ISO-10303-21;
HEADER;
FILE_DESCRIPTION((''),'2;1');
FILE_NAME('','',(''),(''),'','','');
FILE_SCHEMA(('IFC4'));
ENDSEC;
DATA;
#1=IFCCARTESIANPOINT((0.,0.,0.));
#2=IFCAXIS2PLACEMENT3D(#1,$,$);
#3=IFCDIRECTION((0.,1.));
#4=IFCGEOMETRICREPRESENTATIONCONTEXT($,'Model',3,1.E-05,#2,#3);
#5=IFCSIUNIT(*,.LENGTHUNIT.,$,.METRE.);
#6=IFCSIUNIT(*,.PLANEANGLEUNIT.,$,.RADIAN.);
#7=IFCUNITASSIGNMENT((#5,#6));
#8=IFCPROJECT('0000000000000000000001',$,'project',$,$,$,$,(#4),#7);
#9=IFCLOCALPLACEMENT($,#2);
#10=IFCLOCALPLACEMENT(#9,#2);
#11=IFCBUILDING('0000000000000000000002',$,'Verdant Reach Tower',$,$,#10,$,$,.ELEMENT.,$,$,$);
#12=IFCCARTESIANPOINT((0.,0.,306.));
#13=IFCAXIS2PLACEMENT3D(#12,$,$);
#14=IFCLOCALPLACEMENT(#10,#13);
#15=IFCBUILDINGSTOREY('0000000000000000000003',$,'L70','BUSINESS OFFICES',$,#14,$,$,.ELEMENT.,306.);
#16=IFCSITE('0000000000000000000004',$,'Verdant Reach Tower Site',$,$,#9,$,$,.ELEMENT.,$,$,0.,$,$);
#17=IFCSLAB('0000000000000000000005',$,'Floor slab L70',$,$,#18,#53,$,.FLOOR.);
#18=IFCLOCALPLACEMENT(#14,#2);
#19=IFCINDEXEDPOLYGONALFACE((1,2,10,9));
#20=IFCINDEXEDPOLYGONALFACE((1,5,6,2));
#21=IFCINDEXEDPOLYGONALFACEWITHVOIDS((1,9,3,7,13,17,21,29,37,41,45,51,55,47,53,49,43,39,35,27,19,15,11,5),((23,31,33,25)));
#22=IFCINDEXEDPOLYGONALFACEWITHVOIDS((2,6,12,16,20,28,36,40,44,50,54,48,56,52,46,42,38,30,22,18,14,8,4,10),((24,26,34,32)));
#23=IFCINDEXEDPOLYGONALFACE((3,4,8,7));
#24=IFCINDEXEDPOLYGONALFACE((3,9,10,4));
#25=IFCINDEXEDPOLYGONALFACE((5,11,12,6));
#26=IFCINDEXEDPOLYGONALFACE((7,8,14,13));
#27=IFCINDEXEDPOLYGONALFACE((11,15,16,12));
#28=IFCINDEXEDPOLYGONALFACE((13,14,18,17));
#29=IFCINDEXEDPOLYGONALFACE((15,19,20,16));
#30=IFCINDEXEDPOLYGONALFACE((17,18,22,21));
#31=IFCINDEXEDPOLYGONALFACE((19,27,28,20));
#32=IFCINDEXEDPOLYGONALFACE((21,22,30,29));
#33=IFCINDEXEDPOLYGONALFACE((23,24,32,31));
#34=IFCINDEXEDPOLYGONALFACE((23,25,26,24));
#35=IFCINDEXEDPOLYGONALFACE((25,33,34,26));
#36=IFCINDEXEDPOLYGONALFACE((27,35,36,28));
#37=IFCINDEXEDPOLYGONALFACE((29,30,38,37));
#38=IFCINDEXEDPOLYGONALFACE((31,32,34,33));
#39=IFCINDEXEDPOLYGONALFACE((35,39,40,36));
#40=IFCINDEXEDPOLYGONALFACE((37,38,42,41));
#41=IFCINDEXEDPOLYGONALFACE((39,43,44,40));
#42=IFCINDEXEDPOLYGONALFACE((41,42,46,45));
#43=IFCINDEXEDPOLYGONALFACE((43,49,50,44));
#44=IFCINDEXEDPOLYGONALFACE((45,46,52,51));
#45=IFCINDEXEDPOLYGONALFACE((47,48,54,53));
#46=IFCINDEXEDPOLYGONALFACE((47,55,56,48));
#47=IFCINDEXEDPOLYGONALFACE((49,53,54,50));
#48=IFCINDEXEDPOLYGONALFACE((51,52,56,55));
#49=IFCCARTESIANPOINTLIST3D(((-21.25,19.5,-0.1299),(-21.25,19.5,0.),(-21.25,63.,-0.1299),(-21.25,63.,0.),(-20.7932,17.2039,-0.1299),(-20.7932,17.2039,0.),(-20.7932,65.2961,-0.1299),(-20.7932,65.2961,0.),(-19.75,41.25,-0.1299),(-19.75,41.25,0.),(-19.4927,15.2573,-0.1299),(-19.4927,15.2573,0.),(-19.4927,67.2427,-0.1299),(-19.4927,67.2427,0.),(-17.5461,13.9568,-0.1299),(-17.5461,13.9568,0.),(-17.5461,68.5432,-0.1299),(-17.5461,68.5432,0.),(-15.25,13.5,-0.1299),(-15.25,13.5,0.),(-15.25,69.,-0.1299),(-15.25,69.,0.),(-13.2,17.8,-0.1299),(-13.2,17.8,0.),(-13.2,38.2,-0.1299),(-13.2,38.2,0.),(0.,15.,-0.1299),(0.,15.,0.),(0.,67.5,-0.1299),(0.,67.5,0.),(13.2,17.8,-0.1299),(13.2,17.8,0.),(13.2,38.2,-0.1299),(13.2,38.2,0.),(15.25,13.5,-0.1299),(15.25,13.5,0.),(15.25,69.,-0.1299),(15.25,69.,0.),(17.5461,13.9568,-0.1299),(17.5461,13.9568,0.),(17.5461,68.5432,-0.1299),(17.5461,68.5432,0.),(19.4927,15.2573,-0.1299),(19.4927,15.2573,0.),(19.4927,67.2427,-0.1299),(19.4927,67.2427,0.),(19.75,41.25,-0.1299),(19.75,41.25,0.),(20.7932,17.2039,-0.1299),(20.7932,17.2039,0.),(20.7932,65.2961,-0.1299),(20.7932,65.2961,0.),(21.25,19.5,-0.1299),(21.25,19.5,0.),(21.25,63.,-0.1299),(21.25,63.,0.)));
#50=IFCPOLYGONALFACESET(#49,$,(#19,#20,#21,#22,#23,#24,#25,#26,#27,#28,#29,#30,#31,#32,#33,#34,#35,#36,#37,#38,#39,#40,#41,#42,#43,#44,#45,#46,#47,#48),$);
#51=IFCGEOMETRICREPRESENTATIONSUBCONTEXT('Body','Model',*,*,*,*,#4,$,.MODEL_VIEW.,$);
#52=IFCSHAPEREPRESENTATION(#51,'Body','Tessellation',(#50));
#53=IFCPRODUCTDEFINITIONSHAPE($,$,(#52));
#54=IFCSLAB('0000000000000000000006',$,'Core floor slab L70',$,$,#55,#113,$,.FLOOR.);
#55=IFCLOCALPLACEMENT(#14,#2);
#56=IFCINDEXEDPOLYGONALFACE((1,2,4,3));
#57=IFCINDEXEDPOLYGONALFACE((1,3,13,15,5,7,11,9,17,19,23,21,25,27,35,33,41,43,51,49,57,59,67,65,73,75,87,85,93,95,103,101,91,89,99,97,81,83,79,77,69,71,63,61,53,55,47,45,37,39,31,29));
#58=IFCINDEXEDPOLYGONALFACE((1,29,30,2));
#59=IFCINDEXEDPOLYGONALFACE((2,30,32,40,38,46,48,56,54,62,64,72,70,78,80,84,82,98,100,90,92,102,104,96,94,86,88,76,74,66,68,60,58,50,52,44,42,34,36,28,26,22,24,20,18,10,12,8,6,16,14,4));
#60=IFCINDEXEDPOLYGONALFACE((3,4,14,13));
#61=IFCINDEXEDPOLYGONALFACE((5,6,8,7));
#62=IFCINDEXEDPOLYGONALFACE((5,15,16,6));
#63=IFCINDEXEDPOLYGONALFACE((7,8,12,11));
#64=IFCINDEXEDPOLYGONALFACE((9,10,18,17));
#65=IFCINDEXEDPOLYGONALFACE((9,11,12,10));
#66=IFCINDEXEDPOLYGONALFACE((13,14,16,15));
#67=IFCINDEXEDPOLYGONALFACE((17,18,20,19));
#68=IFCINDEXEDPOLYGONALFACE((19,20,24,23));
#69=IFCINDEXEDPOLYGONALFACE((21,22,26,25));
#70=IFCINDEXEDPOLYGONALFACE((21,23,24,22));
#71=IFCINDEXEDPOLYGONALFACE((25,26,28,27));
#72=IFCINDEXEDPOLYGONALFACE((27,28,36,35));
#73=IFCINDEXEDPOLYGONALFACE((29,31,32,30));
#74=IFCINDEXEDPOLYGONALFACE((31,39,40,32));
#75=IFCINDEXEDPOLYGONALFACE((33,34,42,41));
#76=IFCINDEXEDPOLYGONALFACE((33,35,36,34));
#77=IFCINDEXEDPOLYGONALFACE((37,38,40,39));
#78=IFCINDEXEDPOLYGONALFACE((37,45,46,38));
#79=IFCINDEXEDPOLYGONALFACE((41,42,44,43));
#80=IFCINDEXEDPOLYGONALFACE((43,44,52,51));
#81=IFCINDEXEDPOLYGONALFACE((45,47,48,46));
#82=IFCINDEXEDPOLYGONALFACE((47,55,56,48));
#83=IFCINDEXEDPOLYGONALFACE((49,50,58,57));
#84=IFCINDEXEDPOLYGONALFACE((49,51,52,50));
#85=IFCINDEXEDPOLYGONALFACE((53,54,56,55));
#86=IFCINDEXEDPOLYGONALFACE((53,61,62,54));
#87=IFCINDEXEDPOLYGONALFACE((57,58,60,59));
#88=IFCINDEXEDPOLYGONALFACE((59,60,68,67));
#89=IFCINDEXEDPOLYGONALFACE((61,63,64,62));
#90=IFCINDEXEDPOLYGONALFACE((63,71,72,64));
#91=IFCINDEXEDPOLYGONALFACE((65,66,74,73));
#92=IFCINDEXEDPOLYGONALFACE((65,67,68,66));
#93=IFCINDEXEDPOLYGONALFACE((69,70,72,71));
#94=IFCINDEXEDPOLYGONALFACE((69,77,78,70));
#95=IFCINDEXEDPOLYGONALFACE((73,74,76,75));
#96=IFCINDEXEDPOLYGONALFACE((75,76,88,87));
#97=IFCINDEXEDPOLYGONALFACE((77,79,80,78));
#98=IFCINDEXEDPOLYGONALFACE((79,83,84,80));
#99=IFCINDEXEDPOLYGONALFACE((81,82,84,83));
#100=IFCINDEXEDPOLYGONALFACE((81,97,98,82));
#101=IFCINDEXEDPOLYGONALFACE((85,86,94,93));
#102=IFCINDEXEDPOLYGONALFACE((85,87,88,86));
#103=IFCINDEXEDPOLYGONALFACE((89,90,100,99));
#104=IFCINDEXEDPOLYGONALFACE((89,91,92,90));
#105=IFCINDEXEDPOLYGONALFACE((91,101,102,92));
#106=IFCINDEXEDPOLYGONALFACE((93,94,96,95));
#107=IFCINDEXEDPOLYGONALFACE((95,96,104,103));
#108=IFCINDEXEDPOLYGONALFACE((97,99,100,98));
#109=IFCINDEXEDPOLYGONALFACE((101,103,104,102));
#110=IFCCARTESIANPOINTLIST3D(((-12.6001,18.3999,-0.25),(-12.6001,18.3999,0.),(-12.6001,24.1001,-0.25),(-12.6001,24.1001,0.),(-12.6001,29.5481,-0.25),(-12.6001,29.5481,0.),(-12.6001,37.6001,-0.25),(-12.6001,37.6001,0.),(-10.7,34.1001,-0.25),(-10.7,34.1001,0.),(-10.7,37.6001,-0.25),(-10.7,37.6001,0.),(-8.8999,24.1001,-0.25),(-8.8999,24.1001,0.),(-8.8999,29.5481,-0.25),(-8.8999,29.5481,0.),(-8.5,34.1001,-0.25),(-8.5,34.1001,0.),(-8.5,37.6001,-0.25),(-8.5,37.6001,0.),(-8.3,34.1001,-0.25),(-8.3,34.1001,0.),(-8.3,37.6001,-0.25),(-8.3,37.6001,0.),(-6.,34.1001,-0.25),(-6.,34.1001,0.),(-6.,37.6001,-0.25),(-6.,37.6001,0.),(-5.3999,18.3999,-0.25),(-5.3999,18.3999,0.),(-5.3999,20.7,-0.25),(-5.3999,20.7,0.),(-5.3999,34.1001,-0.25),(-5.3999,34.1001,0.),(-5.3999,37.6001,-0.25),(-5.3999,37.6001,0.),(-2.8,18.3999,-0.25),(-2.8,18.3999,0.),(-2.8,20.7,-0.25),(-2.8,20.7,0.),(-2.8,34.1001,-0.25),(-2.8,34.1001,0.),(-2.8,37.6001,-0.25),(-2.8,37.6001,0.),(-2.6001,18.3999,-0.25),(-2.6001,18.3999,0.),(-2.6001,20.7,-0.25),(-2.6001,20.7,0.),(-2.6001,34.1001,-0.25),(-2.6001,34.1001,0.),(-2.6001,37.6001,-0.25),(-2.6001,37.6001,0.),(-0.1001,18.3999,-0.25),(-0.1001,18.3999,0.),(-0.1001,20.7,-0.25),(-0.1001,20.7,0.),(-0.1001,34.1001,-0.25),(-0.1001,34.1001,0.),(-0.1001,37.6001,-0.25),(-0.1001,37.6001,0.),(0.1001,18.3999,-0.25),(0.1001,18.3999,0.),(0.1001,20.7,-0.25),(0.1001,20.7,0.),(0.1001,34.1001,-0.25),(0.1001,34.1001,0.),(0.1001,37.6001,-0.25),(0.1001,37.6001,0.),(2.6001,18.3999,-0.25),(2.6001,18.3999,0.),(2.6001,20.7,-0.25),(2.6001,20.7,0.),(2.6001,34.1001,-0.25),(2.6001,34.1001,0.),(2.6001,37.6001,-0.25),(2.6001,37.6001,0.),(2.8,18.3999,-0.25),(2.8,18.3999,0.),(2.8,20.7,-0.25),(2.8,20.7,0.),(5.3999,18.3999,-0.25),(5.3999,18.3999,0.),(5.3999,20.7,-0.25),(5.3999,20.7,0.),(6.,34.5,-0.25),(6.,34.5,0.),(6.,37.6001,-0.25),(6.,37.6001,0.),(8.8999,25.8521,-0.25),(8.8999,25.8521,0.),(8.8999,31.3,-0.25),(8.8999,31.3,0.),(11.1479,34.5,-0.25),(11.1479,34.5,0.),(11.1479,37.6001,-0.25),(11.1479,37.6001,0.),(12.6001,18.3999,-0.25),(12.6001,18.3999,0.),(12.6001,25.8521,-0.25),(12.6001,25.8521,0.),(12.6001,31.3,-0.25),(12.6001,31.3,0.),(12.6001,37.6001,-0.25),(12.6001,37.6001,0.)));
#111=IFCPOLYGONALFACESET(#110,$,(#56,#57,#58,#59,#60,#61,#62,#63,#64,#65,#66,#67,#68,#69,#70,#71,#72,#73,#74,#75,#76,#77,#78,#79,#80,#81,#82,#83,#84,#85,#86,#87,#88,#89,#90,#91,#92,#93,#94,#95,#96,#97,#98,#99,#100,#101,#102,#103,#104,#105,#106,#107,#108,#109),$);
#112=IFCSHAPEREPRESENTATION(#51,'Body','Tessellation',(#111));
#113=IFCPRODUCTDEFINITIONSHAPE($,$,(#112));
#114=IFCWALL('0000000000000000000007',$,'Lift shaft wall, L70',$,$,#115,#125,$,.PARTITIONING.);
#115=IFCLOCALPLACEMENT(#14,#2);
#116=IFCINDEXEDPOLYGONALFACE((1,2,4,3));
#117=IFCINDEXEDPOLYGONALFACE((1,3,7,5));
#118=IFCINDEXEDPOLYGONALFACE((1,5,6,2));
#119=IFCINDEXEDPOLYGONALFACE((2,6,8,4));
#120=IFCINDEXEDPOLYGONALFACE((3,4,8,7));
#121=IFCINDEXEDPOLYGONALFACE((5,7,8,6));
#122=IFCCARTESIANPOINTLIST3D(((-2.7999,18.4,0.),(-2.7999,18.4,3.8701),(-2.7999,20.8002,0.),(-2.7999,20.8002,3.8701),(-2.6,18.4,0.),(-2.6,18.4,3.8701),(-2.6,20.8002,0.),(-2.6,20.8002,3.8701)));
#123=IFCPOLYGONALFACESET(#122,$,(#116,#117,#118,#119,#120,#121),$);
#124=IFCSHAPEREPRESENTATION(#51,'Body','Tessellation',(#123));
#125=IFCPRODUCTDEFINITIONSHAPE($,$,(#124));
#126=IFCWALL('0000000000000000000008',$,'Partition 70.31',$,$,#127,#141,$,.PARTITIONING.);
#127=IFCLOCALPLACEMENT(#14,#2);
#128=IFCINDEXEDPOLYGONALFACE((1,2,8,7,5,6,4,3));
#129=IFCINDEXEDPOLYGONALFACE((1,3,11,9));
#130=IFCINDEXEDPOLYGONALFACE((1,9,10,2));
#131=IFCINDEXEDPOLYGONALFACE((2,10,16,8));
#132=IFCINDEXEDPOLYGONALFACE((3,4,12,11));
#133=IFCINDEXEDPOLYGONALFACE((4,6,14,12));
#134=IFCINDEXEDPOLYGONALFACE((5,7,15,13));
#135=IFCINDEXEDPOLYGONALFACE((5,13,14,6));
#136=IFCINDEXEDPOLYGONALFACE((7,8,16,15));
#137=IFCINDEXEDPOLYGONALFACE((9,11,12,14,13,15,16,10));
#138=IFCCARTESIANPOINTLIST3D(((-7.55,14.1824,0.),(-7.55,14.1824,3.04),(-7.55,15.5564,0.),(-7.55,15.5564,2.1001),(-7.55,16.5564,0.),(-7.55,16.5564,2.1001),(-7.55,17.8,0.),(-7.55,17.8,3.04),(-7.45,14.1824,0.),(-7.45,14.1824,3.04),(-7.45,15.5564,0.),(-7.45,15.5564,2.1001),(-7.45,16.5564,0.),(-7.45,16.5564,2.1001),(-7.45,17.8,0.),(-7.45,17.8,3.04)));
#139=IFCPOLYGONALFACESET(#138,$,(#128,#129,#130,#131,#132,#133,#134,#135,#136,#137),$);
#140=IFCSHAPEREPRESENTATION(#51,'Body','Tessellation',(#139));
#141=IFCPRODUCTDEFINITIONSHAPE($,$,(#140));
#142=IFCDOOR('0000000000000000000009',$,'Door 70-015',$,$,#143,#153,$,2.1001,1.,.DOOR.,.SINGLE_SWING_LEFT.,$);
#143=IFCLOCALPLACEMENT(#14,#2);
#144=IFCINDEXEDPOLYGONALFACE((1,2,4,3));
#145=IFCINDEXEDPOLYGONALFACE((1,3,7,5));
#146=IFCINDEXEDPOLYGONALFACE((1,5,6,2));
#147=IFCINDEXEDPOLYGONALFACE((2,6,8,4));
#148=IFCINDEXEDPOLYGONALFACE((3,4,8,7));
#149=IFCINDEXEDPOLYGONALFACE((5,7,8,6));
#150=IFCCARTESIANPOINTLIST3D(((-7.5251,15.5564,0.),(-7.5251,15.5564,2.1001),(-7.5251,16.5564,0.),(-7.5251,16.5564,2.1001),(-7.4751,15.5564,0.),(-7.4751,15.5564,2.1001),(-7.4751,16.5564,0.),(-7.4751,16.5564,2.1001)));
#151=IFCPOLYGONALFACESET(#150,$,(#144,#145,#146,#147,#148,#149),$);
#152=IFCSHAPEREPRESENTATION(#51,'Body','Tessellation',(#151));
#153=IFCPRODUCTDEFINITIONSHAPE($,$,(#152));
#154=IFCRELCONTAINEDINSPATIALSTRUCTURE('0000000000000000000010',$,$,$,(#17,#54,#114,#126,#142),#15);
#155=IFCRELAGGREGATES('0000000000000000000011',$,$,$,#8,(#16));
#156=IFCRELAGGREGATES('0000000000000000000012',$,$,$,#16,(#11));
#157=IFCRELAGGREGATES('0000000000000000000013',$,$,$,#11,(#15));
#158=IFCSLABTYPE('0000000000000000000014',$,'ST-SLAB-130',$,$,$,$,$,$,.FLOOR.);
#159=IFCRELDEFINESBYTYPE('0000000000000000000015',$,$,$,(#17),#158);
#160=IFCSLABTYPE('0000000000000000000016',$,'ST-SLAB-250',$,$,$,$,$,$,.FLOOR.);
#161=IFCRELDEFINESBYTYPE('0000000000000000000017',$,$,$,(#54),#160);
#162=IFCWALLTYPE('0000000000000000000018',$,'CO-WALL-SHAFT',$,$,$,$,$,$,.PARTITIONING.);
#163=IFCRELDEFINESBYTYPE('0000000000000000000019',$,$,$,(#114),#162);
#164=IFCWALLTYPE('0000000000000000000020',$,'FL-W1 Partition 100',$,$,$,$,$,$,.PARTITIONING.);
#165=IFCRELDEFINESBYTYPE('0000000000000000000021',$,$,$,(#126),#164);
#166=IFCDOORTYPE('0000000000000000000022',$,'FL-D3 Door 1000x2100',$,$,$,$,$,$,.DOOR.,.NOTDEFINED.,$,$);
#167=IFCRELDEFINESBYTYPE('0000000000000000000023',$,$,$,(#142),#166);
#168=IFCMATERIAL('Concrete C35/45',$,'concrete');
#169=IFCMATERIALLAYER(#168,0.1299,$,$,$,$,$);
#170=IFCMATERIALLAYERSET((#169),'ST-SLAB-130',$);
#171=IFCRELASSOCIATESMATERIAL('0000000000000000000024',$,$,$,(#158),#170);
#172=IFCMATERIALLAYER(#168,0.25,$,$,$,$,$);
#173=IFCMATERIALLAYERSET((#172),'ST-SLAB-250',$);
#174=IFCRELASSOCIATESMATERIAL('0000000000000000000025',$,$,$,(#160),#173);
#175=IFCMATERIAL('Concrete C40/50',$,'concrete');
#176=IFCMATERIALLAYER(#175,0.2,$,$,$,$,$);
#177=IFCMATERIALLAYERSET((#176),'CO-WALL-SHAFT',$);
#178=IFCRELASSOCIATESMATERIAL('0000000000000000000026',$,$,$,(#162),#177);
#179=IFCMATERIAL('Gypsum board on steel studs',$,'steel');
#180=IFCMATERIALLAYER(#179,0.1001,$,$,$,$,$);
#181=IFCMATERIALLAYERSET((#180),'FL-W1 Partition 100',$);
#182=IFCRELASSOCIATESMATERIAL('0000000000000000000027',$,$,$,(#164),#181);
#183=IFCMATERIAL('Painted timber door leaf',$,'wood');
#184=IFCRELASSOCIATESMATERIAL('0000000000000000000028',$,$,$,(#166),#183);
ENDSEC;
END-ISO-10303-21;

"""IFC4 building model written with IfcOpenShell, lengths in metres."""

from ifc_helpers import new_model, si_unit, direction, frame, frame_2d, origin, place, context, subcontext, project, spatial, polyline, rectangle, outline, extrude, material, layer, layer_set, type_object, element, fill, save


model = new_model("IFC4")

# Units and contexts
model_context = context("Model", 3, precision=1e-05, world=origin(), true_north=direction((0.0, 1.0)))
body_context = subcontext(model_context, "Body", "Model", "MODEL_VIEW")
ifc_project = project(units=[si_unit("LENGTHUNIT", "METRE"), si_unit("PLANEANGLEUNIT", "RADIAN")], contexts=[model_context])

# Site, building, storey
site_placement = place(None, origin())
site = spatial("IfcSite", under=ifc_project, at=site_placement, Name="Verdant Reach Tower Site", CompositionType="ELEMENT", RefElevation=0.0)
building_placement = place(site_placement, origin())
building = spatial("IfcBuilding", under=site, at=building_placement, Name="Verdant Reach Tower", CompositionType="ELEMENT")
storey_placement = place(building_placement, frame((0.0, 0.0, 306.0)))
storey = spatial("IfcBuildingStorey", under=building, at=storey_placement, Name="L70", Description="BUSINESS OFFICES", CompositionType="ELEMENT", Elevation=306.0)

# Shared definitions
ifc_material_1 = material(Name="Concrete C40/50", Category="concrete")

# Slabs
ifc_material_2 = material(Name="Concrete C35/45", Category="concrete")
ifc_layer_1 = layer(ifc_material_2, 0.1299)
ifc_layer_set_1 = layer_set([ifc_layer_1], Name="ST-SLAB-130")
slab_type_1 = type_object("IfcSlabType", Name="ST-SLAB-130", PredefinedType="FLOOR", material=ifc_layer_set_1)
slab_1_placement = place(storey_placement, frame((0.0, 0.0, -0.1299)))
element("IfcSlab", 1, at=slab_1_placement, inside=storey, type_object=slab_type_1, Name="Floor slab L70", PredefinedType="FLOOR", context=body_context, shape_type="SweptSolid", body=[
    extrude(outline(polyline([(0.0, 15.0), (-15.25, 13.5), (-17.5461, 13.9568), (-19.4927, 15.2573), (-20.7932, 17.2039), (-21.25, 19.5), (-19.75, 41.25), (-21.25, 63.0), (-20.7932, 65.2961), (-19.4927, 67.2427), (-17.5461, 68.5432), (-15.25, 69.0), (0.0, 67.5), (15.25, 69.0), (17.5461, 68.5432), (19.4927, 67.2427), (20.7932, 65.2961), (21.25, 63.0), (19.75, 41.25), (21.25, 19.5), (20.7932, 17.2039), (19.4927, 15.2573), (17.5461, 13.9568), (15.25, 13.5), (0.0, 15.0)]), holes=[polyline([(13.2, 38.2), (-13.2, 38.2), (-13.2, 17.8), (13.2, 17.8), (13.2, 38.2)])]), origin(), (0.0, 0.0, 1.0), 0.1299),
])
ifc_layer_2 = layer(ifc_material_2, 0.25)
ifc_layer_set_2 = layer_set([ifc_layer_2], Name="ST-SLAB-250")
slab_type_2 = type_object("IfcSlabType", Name="ST-SLAB-250", PredefinedType="FLOOR", material=ifc_layer_set_2)
slab_2_placement = place(storey_placement, frame((0.0, 0.0, -0.25)))
element("IfcSlab", 2, at=slab_2_placement, inside=storey, type_object=slab_type_2, Name="Core floor slab L70", PredefinedType="FLOOR", context=body_context, shape_type="SweptSolid", body=[
    extrude(outline(polyline([(12.6001, 18.3999), (5.3999, 18.3999), (5.3999, 20.7), (2.8, 20.7), (2.8, 18.3999), (2.6001, 18.3999), (2.6001, 20.7), (0.1001, 20.7), (0.1001, 18.3999), (-0.1001, 18.3999), (-0.1001, 20.7), (-2.6001, 20.7), (-2.6001, 18.3999), (-2.8, 18.3999), (-2.8, 20.7), (-5.3999, 20.7), (-5.3999, 18.3999), (-12.6001, 18.3999), (-12.6001, 24.1001), (-8.8999, 24.1001), (-8.8999, 29.5481), (-12.6001, 29.5481), (-12.6001, 37.6001), (-10.7, 37.6001), (-10.7, 34.1001), (-8.5, 34.1001), (-8.5, 37.6001), (-8.3, 37.6001), (-8.3, 34.1001), (-6.0, 34.1001), (-6.0, 37.6001), (-5.3999, 37.6001), (-5.3999, 34.1001), (-2.8, 34.1001), (-2.8, 37.6001), (-2.6001, 37.6001), (-2.6001, 34.1001), (-0.1001, 34.1001), (-0.1001, 37.6001), (0.1001, 37.6001), (0.1001, 34.1001), (2.6001, 34.1001), (2.6001, 37.6001), (6.0, 37.6001), (6.0, 34.5), (11.1479, 34.5), (11.1479, 37.6001), (12.6001, 37.6001), (12.6001, 31.3), (8.8999, 31.3), (8.8999, 25.8521), (12.6001, 25.8521), (12.6001, 18.3999)])), origin(), (0.0, 0.0, 1.0), 0.25),
])

# Wall
ifc_layer_3 = layer(ifc_material_1, 0.2)
ifc_layer_set_3 = layer_set([ifc_layer_3], Name="CO-WALL-SHAFT")
wall_type_1 = type_object("IfcWallType", Name="CO-WALL-SHAFT", PredefinedType="PARTITIONING", material=ifc_layer_set_3)
wall_1_placement = place(storey_placement, frame((-2.7, 18.3999, 0.0), z_axis=(0.0, 0.0, 1.0), x_axis=(0.0, 1.0, 0.0)))
element("IfcWall", 3, at=wall_1_placement, inside=storey, type_object=wall_type_1, Name="Lift shaft wall, L70", PredefinedType="PARTITIONING", context=body_context, shape_type="SweptSolid", body=[
    extrude(rectangle(XDim=2.4001, YDim=0.2, at=frame_2d((1.2002, 0.0))), origin(), (0.0, 0.0, 1.0), 3.8701),
])

# Wall, opening, door
ifc_material_3 = material(Name="Gypsum board on steel studs", Category="steel")
ifc_layer_4 = layer(ifc_material_3, 0.1001)
ifc_layer_set_4 = layer_set([ifc_layer_4], Name="FL-W1 Partition 100")
wall_type_2 = type_object("IfcWallType", Name="FL-W1 Partition 100", PredefinedType="PARTITIONING", material=ifc_layer_set_4)
wall_2_placement = place(storey_placement, frame((-7.5, 17.8, 0.0), z_axis=(0.0, 0.0, 1.0), x_axis=(0.0, -1.0, 0.0)))
wall_2 = element("IfcWall", 4, at=wall_2_placement, inside=storey, type_object=wall_type_2, Name="Partition 70.31", PredefinedType="PARTITIONING", context=body_context, shape_type="SweptSolid", body=[
    extrude(rectangle(XDim=3.6177, YDim=0.1001, at=frame_2d((1.8088, 0.0))), origin(), (0.0, 0.0, 1.0), 3.04),
])
opening_1_placement = place(wall_2_placement, frame((1.2437, 0.0, 0.0)))
opening_1 = element("IfcOpeningElement", 5, at=opening_1_placement, cuts=wall_2, PredefinedType="OPENING", context=body_context, shape_type="SweptSolid", body=[
    extrude(rectangle(XDim=1.0, YDim=2.1001, at=frame_2d((0.5, 1.05))), frame((0.0, 0.0601, 0.0), z_axis=(0.0, -1.0, 0.0), x_axis=(1.0, 0.0, 0.0)), (0.0, 0.0, 1.0), 0.1201),
])
ifc_material_4 = material(Name="Painted timber door leaf", Category="wood")
door_type_1 = type_object("IfcDoorType", Name="FL-D3 Door 1000x2100", OperationType="NOTDEFINED", PredefinedType="DOOR", material=ifc_material_4)
door_1_placement = place(opening_1_placement, origin())
door_1 = element("IfcDoor", 6, at=door_1_placement, inside=storey, type_object=door_type_1, Name="Door 70-015", OperationType="SINGLE_SWING_LEFT", OverallHeight=2.1001, OverallWidth=1.0, PredefinedType="DOOR", context=body_context, shape_type="SweptSolid", body=[
    extrude(rectangle(XDim=1.0, YDim=2.1001, at=frame_2d((0.5, 1.05))), frame((0.0, 0.0249, 0.0), z_axis=(0.0, -1.0, 0.0), x_axis=(1.0, 0.0, 0.0)), (0.0, 0.0, 1.0), 0.05),
])
fill(opening_1, door_1)

save(model, "model.ifc")
